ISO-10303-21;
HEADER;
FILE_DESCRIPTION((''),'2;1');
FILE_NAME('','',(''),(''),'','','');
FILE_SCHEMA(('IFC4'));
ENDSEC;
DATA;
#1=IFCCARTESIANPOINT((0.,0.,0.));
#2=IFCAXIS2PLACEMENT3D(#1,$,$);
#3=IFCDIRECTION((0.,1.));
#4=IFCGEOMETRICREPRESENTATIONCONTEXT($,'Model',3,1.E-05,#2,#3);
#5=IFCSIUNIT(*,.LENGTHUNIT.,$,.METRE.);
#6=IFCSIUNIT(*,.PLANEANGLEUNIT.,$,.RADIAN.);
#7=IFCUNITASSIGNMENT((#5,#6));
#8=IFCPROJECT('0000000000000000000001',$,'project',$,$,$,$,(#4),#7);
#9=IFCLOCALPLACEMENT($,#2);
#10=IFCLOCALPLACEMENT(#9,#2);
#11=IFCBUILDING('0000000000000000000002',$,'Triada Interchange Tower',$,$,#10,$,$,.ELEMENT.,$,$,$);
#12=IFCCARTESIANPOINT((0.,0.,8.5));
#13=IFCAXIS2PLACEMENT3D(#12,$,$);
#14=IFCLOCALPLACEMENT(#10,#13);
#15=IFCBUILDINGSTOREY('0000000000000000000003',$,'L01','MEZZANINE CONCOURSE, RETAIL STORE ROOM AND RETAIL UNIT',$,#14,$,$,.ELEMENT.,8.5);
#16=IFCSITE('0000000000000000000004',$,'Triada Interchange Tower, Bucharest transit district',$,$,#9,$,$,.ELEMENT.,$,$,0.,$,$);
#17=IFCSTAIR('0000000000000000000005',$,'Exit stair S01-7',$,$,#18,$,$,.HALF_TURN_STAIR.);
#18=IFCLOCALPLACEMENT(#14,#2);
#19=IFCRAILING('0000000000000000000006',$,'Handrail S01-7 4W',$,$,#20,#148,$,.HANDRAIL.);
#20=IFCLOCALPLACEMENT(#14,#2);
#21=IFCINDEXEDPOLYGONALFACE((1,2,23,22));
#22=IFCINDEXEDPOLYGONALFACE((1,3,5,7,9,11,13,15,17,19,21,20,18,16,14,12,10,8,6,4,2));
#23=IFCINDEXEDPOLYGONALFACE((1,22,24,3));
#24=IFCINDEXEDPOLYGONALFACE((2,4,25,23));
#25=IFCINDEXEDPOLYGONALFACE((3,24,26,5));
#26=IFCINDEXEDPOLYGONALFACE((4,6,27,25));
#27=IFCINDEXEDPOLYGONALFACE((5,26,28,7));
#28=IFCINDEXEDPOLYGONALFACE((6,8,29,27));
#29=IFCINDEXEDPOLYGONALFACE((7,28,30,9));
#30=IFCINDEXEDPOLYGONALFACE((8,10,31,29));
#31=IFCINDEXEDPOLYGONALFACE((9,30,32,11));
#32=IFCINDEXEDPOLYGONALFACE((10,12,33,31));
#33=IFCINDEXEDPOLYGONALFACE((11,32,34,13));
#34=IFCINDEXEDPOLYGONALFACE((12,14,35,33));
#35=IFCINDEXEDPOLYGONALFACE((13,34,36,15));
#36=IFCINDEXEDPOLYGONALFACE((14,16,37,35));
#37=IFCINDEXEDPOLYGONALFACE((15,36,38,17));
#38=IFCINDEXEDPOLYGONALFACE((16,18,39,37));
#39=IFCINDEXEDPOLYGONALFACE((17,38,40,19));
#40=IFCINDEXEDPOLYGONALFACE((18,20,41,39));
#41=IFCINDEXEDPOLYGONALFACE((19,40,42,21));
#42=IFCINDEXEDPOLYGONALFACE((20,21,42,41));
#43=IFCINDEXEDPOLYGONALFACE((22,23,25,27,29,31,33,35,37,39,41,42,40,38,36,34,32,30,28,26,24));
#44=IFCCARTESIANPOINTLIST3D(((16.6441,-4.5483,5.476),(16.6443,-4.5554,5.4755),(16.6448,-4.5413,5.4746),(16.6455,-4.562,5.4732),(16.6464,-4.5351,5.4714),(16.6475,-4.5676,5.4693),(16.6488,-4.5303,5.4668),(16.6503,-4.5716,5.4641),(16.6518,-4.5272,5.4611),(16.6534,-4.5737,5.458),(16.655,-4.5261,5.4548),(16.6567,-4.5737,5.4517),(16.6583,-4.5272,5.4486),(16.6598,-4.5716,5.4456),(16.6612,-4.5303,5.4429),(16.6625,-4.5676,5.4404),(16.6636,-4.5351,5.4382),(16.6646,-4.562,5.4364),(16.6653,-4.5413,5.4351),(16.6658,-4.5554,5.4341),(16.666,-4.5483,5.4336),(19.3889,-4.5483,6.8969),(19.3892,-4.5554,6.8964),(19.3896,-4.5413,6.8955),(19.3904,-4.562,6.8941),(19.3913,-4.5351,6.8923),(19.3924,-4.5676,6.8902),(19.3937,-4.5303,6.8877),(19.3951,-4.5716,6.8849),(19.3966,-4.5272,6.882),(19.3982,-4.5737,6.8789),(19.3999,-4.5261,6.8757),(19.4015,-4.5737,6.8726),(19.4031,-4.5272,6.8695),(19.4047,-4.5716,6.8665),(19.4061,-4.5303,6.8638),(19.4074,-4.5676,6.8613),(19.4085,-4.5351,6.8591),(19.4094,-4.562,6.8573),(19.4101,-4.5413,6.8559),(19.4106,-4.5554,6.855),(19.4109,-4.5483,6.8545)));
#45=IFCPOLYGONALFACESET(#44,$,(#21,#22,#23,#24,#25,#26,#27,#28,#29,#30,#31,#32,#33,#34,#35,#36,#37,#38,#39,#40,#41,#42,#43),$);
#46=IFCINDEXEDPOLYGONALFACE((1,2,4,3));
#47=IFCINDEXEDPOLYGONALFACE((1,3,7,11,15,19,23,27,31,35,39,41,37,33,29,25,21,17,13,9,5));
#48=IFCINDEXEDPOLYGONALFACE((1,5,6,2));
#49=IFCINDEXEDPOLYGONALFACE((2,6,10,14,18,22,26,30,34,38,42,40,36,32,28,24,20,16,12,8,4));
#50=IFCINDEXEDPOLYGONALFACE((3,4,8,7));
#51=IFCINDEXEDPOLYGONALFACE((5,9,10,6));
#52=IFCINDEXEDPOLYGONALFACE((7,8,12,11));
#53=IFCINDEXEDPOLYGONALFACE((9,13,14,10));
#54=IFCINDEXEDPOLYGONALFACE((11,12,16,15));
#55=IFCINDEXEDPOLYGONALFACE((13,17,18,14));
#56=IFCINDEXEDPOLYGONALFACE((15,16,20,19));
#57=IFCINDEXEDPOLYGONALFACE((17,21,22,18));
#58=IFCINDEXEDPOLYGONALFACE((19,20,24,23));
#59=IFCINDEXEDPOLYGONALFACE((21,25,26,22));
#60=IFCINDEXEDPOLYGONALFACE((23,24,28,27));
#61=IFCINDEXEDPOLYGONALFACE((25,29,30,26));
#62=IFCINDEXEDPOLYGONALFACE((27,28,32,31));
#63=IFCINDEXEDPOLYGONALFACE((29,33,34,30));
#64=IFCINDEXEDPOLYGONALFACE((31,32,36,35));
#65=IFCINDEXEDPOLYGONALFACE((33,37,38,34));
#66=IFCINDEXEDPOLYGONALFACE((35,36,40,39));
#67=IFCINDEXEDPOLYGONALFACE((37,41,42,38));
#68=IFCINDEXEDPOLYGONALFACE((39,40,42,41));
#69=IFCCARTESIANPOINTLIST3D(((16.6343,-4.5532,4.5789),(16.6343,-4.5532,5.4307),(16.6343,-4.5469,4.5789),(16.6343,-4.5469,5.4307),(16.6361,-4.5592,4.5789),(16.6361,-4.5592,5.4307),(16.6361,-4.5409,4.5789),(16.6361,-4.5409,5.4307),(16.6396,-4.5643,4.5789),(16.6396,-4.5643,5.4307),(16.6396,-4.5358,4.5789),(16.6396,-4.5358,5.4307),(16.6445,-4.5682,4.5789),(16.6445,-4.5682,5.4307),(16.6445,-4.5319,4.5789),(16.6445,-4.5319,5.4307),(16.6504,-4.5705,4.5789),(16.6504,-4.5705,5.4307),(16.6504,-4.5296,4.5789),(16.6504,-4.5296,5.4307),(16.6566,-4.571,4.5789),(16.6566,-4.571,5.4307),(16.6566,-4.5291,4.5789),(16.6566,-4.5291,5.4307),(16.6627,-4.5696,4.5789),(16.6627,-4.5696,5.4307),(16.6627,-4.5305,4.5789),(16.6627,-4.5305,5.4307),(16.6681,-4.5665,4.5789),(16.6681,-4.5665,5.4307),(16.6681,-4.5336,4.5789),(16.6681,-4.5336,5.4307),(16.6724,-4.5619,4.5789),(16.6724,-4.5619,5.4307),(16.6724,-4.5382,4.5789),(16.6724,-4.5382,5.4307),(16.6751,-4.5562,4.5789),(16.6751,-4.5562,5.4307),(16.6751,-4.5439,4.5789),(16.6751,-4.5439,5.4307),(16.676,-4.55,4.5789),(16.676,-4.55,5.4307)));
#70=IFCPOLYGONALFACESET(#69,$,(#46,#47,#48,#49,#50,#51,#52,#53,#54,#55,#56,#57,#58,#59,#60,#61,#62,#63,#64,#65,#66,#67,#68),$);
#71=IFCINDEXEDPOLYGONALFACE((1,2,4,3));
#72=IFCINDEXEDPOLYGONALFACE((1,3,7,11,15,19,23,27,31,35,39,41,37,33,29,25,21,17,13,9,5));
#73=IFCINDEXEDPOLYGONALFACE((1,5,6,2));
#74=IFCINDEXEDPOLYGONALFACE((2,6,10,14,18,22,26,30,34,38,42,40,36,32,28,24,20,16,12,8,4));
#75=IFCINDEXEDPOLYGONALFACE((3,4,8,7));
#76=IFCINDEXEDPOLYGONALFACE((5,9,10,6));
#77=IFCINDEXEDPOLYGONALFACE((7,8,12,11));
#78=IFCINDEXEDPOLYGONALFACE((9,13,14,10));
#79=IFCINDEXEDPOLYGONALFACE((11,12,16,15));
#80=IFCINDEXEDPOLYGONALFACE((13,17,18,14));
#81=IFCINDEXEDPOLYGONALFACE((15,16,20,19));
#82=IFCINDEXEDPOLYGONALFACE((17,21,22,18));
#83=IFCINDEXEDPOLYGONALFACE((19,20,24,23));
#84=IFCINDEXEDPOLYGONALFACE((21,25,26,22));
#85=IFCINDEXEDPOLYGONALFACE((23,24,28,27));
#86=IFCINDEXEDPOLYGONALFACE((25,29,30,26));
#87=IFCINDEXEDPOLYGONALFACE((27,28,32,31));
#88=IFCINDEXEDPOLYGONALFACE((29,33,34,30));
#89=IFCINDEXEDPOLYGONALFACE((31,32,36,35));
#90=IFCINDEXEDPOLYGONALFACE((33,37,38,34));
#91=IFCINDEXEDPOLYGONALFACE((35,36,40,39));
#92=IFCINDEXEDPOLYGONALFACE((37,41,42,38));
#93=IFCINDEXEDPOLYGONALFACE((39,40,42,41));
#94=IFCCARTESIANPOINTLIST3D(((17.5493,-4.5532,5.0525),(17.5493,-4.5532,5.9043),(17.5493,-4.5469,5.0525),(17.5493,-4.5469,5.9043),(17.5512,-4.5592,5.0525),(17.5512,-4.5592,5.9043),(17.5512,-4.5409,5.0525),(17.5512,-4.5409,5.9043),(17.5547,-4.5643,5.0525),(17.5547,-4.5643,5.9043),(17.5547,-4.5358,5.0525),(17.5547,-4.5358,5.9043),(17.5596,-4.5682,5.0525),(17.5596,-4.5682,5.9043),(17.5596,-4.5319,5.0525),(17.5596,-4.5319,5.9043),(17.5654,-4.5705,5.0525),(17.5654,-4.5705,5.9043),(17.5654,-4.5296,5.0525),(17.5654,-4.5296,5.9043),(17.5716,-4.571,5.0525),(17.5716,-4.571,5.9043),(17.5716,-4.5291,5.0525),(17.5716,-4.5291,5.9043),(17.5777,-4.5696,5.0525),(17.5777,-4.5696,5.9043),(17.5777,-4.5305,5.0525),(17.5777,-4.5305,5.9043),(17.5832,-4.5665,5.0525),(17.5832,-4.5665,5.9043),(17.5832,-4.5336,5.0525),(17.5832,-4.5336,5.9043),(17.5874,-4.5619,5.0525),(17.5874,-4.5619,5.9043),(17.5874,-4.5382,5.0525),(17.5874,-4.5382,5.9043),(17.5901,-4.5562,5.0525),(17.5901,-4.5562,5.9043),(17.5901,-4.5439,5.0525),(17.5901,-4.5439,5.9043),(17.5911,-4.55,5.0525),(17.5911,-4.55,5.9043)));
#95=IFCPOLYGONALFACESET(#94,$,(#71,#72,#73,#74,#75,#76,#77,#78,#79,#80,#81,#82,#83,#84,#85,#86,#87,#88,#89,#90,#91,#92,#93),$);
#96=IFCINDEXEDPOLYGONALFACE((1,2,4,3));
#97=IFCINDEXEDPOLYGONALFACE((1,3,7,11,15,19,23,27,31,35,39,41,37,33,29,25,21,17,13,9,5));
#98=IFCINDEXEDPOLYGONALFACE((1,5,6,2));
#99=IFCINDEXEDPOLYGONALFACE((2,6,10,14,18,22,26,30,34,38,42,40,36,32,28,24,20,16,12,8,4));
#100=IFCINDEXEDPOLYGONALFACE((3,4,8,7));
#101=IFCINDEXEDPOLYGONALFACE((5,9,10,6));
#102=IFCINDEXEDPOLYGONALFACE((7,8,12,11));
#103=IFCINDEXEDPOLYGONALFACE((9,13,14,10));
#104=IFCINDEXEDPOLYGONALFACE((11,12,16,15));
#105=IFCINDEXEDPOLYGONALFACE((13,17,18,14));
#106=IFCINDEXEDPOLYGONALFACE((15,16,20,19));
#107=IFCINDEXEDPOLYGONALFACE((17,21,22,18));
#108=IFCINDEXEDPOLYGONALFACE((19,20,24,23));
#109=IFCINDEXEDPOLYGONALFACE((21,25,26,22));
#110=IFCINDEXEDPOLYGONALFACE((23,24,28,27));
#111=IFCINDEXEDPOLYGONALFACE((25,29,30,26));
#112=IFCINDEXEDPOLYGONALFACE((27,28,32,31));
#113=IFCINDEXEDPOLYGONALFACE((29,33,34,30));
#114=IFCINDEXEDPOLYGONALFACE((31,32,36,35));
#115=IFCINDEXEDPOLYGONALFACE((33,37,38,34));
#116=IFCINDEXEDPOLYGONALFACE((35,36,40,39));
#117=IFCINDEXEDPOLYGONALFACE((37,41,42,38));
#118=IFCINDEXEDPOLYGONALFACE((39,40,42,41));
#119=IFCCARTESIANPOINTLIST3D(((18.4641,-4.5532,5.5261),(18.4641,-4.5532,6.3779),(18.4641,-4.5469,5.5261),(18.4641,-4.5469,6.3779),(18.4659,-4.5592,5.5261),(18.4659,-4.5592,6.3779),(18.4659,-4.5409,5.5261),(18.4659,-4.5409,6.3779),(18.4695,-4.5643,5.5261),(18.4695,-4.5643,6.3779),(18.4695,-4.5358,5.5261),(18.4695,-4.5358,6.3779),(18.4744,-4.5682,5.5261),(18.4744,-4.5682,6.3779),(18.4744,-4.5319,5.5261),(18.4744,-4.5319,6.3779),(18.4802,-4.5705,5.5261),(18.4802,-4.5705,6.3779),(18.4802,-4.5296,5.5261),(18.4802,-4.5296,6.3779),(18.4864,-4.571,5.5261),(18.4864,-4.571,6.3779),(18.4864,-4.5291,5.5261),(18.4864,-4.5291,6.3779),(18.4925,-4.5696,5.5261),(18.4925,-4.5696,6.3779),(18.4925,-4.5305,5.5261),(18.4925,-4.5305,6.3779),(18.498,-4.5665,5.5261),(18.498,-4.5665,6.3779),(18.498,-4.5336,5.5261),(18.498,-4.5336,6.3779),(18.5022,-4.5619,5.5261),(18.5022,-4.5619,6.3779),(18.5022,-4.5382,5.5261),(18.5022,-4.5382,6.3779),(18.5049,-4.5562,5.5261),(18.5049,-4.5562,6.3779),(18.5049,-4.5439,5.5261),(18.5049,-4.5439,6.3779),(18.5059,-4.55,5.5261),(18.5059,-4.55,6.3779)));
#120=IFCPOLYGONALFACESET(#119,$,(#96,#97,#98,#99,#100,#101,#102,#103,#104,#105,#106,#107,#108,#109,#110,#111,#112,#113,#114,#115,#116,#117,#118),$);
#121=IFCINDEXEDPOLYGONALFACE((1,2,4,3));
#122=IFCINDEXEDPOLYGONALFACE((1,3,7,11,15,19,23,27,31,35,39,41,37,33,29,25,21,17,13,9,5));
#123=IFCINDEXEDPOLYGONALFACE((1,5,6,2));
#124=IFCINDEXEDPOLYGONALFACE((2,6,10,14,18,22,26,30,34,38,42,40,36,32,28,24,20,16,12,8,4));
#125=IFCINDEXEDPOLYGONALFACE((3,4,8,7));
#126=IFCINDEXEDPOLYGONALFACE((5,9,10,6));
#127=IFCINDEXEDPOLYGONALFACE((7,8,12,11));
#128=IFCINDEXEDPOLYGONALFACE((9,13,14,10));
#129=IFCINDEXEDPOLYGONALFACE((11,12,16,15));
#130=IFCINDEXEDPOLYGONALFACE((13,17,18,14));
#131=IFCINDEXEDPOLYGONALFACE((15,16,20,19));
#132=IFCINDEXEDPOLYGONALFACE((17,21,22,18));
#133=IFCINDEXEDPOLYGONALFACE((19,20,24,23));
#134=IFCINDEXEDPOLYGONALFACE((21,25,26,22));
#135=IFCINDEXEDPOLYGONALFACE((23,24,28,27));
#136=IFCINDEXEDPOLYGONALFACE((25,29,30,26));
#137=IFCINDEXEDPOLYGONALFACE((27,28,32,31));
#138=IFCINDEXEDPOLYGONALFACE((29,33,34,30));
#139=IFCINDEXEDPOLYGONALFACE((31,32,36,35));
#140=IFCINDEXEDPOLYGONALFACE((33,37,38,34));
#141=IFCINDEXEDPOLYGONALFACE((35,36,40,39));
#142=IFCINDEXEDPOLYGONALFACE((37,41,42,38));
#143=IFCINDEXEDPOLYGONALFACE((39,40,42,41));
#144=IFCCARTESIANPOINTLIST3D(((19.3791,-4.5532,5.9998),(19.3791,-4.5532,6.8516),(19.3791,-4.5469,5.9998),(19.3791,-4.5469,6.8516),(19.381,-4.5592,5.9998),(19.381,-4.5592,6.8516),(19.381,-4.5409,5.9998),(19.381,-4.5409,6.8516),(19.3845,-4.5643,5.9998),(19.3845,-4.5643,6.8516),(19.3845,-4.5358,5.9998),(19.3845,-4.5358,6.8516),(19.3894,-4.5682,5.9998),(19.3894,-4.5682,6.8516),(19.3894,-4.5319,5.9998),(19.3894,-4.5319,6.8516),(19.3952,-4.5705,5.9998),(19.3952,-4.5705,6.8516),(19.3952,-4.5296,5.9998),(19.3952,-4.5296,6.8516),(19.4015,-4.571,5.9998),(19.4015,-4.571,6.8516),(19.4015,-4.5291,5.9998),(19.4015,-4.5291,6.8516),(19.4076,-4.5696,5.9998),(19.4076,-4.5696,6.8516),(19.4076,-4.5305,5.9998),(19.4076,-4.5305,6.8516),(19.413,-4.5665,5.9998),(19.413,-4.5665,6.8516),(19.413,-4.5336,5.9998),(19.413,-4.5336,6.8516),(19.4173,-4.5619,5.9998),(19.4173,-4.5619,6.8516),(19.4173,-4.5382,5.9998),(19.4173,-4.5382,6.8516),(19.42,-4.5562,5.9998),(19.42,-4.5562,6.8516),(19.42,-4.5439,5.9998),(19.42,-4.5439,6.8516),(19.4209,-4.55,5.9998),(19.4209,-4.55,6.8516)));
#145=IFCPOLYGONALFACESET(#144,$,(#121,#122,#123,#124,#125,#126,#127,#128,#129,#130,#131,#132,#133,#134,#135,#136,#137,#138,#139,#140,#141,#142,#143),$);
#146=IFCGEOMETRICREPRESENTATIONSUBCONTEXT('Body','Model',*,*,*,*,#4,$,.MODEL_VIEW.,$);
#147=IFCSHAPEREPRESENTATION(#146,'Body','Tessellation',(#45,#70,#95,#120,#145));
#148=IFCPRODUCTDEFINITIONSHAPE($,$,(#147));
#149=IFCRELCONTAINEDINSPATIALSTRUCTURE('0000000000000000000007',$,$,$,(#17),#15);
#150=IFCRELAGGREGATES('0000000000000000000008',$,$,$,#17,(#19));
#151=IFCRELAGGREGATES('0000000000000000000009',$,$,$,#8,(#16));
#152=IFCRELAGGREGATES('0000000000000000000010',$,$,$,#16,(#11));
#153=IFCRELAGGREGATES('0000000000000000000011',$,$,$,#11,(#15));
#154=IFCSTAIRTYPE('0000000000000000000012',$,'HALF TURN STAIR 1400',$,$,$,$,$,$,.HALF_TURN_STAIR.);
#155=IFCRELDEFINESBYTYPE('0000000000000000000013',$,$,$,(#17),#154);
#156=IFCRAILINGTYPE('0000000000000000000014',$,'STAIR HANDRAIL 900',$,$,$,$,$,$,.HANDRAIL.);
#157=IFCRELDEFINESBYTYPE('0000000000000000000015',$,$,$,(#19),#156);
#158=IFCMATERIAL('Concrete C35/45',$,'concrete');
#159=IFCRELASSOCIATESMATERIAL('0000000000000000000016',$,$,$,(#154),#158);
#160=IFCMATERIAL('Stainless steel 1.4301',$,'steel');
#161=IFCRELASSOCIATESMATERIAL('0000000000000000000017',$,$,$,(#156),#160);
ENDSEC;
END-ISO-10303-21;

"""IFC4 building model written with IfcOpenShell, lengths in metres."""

from ifc_helpers import new_model, si_unit, direction, frame, origin, origin_2d, place, context, subcontext, project, spatial, circle, extrude, material, type_object, element, aggregate, save


model = new_model("IFC4")

# Units and contexts
model_context = context("Model", 3, precision=1e-05, world=origin(), true_north=direction((0.0, 1.0)))
body_context = subcontext(model_context, "Body", "Model", "MODEL_VIEW")
ifc_project = project(units=[si_unit("LENGTHUNIT", "METRE"), si_unit("PLANEANGLEUNIT", "RADIAN")], contexts=[model_context])

# Site, building, storey
site_placement = place(None, origin())
site = spatial("IfcSite", under=ifc_project, at=site_placement, Name="Triada Interchange Tower, Bucharest transit district", CompositionType="ELEMENT", RefElevation=0.0)
building_placement = place(site_placement, origin())
building = spatial("IfcBuilding", under=site, at=building_placement, Name="Triada Interchange Tower", CompositionType="ELEMENT")
storey_placement = place(building_placement, frame((0.0, 0.0, 8.5)))
storey = spatial("IfcBuildingStorey", under=building, at=storey_placement, Name="L01", Description="MEZZANINE CONCOURSE, RETAIL STORE ROOM AND RETAIL UNIT", CompositionType="ELEMENT", Elevation=8.5)

# Shared definitions
ifc_material_1 = material(Name="Concrete C35/45", Category="concrete")

# Stair, railing
stair_type = type_object("IfcStairType", Name="HALF TURN STAIR 1400", PredefinedType="HALF_TURN_STAIR", material=ifc_material_1)
stair_placement = place(storey_placement, origin())
stair = element("IfcStair", 1, at=stair_placement, inside=storey, type_object=stair_type, Name="Exit stair S01-7", PredefinedType="HALF_TURN_STAIR")
ifc_material_2 = material(Name="Stainless steel 1.4301", Category="steel")
railing_type_1 = type_object("IfcRailingType", Name="STAIR HANDRAIL 900", PredefinedType="HANDRAIL", material=ifc_material_2)
railing_1_placement = place(storey_placement, frame((16.655, -4.55, 4.5789)))
railing_1 = element("IfcRailing", 2, at=railing_1_placement, type_object=railing_type_1, Name="Handrail S01-7 4W", PredefinedType="HANDRAIL", context=body_context, shape_type="SweptSolid", body=[
    extrude(circle(Radius=0.0239, at=origin_2d()), frame((0.0, 0.0, 0.876), z_axis=(0.888068, 0.0, 0.459713), x_axis=(0.0, 1.0, 0.0)), (0.0, 0.0, 1.0), 3.0908),
    extrude(circle(Radius=0.021, at=origin_2d()), origin(), (0.0, 0.0, 1.0), 0.8518),
    extrude(circle(Radius=0.021, at=origin_2d()), frame((0.915, 0.0, 0.4736)), (0.0, 0.0, 1.0), 0.8518),
    extrude(circle(Radius=0.021, at=origin_2d()), frame((1.8298, 0.0, 0.9473)), (0.0, 0.0, 1.0), 0.8518),
    extrude(circle(Radius=0.021, at=origin_2d()), frame((2.7449, 0.0, 1.4209)), (0.0, 0.0, 1.0), 0.8518),
])
aggregate(stair, [railing_1])

save(model, "model.ifc")
